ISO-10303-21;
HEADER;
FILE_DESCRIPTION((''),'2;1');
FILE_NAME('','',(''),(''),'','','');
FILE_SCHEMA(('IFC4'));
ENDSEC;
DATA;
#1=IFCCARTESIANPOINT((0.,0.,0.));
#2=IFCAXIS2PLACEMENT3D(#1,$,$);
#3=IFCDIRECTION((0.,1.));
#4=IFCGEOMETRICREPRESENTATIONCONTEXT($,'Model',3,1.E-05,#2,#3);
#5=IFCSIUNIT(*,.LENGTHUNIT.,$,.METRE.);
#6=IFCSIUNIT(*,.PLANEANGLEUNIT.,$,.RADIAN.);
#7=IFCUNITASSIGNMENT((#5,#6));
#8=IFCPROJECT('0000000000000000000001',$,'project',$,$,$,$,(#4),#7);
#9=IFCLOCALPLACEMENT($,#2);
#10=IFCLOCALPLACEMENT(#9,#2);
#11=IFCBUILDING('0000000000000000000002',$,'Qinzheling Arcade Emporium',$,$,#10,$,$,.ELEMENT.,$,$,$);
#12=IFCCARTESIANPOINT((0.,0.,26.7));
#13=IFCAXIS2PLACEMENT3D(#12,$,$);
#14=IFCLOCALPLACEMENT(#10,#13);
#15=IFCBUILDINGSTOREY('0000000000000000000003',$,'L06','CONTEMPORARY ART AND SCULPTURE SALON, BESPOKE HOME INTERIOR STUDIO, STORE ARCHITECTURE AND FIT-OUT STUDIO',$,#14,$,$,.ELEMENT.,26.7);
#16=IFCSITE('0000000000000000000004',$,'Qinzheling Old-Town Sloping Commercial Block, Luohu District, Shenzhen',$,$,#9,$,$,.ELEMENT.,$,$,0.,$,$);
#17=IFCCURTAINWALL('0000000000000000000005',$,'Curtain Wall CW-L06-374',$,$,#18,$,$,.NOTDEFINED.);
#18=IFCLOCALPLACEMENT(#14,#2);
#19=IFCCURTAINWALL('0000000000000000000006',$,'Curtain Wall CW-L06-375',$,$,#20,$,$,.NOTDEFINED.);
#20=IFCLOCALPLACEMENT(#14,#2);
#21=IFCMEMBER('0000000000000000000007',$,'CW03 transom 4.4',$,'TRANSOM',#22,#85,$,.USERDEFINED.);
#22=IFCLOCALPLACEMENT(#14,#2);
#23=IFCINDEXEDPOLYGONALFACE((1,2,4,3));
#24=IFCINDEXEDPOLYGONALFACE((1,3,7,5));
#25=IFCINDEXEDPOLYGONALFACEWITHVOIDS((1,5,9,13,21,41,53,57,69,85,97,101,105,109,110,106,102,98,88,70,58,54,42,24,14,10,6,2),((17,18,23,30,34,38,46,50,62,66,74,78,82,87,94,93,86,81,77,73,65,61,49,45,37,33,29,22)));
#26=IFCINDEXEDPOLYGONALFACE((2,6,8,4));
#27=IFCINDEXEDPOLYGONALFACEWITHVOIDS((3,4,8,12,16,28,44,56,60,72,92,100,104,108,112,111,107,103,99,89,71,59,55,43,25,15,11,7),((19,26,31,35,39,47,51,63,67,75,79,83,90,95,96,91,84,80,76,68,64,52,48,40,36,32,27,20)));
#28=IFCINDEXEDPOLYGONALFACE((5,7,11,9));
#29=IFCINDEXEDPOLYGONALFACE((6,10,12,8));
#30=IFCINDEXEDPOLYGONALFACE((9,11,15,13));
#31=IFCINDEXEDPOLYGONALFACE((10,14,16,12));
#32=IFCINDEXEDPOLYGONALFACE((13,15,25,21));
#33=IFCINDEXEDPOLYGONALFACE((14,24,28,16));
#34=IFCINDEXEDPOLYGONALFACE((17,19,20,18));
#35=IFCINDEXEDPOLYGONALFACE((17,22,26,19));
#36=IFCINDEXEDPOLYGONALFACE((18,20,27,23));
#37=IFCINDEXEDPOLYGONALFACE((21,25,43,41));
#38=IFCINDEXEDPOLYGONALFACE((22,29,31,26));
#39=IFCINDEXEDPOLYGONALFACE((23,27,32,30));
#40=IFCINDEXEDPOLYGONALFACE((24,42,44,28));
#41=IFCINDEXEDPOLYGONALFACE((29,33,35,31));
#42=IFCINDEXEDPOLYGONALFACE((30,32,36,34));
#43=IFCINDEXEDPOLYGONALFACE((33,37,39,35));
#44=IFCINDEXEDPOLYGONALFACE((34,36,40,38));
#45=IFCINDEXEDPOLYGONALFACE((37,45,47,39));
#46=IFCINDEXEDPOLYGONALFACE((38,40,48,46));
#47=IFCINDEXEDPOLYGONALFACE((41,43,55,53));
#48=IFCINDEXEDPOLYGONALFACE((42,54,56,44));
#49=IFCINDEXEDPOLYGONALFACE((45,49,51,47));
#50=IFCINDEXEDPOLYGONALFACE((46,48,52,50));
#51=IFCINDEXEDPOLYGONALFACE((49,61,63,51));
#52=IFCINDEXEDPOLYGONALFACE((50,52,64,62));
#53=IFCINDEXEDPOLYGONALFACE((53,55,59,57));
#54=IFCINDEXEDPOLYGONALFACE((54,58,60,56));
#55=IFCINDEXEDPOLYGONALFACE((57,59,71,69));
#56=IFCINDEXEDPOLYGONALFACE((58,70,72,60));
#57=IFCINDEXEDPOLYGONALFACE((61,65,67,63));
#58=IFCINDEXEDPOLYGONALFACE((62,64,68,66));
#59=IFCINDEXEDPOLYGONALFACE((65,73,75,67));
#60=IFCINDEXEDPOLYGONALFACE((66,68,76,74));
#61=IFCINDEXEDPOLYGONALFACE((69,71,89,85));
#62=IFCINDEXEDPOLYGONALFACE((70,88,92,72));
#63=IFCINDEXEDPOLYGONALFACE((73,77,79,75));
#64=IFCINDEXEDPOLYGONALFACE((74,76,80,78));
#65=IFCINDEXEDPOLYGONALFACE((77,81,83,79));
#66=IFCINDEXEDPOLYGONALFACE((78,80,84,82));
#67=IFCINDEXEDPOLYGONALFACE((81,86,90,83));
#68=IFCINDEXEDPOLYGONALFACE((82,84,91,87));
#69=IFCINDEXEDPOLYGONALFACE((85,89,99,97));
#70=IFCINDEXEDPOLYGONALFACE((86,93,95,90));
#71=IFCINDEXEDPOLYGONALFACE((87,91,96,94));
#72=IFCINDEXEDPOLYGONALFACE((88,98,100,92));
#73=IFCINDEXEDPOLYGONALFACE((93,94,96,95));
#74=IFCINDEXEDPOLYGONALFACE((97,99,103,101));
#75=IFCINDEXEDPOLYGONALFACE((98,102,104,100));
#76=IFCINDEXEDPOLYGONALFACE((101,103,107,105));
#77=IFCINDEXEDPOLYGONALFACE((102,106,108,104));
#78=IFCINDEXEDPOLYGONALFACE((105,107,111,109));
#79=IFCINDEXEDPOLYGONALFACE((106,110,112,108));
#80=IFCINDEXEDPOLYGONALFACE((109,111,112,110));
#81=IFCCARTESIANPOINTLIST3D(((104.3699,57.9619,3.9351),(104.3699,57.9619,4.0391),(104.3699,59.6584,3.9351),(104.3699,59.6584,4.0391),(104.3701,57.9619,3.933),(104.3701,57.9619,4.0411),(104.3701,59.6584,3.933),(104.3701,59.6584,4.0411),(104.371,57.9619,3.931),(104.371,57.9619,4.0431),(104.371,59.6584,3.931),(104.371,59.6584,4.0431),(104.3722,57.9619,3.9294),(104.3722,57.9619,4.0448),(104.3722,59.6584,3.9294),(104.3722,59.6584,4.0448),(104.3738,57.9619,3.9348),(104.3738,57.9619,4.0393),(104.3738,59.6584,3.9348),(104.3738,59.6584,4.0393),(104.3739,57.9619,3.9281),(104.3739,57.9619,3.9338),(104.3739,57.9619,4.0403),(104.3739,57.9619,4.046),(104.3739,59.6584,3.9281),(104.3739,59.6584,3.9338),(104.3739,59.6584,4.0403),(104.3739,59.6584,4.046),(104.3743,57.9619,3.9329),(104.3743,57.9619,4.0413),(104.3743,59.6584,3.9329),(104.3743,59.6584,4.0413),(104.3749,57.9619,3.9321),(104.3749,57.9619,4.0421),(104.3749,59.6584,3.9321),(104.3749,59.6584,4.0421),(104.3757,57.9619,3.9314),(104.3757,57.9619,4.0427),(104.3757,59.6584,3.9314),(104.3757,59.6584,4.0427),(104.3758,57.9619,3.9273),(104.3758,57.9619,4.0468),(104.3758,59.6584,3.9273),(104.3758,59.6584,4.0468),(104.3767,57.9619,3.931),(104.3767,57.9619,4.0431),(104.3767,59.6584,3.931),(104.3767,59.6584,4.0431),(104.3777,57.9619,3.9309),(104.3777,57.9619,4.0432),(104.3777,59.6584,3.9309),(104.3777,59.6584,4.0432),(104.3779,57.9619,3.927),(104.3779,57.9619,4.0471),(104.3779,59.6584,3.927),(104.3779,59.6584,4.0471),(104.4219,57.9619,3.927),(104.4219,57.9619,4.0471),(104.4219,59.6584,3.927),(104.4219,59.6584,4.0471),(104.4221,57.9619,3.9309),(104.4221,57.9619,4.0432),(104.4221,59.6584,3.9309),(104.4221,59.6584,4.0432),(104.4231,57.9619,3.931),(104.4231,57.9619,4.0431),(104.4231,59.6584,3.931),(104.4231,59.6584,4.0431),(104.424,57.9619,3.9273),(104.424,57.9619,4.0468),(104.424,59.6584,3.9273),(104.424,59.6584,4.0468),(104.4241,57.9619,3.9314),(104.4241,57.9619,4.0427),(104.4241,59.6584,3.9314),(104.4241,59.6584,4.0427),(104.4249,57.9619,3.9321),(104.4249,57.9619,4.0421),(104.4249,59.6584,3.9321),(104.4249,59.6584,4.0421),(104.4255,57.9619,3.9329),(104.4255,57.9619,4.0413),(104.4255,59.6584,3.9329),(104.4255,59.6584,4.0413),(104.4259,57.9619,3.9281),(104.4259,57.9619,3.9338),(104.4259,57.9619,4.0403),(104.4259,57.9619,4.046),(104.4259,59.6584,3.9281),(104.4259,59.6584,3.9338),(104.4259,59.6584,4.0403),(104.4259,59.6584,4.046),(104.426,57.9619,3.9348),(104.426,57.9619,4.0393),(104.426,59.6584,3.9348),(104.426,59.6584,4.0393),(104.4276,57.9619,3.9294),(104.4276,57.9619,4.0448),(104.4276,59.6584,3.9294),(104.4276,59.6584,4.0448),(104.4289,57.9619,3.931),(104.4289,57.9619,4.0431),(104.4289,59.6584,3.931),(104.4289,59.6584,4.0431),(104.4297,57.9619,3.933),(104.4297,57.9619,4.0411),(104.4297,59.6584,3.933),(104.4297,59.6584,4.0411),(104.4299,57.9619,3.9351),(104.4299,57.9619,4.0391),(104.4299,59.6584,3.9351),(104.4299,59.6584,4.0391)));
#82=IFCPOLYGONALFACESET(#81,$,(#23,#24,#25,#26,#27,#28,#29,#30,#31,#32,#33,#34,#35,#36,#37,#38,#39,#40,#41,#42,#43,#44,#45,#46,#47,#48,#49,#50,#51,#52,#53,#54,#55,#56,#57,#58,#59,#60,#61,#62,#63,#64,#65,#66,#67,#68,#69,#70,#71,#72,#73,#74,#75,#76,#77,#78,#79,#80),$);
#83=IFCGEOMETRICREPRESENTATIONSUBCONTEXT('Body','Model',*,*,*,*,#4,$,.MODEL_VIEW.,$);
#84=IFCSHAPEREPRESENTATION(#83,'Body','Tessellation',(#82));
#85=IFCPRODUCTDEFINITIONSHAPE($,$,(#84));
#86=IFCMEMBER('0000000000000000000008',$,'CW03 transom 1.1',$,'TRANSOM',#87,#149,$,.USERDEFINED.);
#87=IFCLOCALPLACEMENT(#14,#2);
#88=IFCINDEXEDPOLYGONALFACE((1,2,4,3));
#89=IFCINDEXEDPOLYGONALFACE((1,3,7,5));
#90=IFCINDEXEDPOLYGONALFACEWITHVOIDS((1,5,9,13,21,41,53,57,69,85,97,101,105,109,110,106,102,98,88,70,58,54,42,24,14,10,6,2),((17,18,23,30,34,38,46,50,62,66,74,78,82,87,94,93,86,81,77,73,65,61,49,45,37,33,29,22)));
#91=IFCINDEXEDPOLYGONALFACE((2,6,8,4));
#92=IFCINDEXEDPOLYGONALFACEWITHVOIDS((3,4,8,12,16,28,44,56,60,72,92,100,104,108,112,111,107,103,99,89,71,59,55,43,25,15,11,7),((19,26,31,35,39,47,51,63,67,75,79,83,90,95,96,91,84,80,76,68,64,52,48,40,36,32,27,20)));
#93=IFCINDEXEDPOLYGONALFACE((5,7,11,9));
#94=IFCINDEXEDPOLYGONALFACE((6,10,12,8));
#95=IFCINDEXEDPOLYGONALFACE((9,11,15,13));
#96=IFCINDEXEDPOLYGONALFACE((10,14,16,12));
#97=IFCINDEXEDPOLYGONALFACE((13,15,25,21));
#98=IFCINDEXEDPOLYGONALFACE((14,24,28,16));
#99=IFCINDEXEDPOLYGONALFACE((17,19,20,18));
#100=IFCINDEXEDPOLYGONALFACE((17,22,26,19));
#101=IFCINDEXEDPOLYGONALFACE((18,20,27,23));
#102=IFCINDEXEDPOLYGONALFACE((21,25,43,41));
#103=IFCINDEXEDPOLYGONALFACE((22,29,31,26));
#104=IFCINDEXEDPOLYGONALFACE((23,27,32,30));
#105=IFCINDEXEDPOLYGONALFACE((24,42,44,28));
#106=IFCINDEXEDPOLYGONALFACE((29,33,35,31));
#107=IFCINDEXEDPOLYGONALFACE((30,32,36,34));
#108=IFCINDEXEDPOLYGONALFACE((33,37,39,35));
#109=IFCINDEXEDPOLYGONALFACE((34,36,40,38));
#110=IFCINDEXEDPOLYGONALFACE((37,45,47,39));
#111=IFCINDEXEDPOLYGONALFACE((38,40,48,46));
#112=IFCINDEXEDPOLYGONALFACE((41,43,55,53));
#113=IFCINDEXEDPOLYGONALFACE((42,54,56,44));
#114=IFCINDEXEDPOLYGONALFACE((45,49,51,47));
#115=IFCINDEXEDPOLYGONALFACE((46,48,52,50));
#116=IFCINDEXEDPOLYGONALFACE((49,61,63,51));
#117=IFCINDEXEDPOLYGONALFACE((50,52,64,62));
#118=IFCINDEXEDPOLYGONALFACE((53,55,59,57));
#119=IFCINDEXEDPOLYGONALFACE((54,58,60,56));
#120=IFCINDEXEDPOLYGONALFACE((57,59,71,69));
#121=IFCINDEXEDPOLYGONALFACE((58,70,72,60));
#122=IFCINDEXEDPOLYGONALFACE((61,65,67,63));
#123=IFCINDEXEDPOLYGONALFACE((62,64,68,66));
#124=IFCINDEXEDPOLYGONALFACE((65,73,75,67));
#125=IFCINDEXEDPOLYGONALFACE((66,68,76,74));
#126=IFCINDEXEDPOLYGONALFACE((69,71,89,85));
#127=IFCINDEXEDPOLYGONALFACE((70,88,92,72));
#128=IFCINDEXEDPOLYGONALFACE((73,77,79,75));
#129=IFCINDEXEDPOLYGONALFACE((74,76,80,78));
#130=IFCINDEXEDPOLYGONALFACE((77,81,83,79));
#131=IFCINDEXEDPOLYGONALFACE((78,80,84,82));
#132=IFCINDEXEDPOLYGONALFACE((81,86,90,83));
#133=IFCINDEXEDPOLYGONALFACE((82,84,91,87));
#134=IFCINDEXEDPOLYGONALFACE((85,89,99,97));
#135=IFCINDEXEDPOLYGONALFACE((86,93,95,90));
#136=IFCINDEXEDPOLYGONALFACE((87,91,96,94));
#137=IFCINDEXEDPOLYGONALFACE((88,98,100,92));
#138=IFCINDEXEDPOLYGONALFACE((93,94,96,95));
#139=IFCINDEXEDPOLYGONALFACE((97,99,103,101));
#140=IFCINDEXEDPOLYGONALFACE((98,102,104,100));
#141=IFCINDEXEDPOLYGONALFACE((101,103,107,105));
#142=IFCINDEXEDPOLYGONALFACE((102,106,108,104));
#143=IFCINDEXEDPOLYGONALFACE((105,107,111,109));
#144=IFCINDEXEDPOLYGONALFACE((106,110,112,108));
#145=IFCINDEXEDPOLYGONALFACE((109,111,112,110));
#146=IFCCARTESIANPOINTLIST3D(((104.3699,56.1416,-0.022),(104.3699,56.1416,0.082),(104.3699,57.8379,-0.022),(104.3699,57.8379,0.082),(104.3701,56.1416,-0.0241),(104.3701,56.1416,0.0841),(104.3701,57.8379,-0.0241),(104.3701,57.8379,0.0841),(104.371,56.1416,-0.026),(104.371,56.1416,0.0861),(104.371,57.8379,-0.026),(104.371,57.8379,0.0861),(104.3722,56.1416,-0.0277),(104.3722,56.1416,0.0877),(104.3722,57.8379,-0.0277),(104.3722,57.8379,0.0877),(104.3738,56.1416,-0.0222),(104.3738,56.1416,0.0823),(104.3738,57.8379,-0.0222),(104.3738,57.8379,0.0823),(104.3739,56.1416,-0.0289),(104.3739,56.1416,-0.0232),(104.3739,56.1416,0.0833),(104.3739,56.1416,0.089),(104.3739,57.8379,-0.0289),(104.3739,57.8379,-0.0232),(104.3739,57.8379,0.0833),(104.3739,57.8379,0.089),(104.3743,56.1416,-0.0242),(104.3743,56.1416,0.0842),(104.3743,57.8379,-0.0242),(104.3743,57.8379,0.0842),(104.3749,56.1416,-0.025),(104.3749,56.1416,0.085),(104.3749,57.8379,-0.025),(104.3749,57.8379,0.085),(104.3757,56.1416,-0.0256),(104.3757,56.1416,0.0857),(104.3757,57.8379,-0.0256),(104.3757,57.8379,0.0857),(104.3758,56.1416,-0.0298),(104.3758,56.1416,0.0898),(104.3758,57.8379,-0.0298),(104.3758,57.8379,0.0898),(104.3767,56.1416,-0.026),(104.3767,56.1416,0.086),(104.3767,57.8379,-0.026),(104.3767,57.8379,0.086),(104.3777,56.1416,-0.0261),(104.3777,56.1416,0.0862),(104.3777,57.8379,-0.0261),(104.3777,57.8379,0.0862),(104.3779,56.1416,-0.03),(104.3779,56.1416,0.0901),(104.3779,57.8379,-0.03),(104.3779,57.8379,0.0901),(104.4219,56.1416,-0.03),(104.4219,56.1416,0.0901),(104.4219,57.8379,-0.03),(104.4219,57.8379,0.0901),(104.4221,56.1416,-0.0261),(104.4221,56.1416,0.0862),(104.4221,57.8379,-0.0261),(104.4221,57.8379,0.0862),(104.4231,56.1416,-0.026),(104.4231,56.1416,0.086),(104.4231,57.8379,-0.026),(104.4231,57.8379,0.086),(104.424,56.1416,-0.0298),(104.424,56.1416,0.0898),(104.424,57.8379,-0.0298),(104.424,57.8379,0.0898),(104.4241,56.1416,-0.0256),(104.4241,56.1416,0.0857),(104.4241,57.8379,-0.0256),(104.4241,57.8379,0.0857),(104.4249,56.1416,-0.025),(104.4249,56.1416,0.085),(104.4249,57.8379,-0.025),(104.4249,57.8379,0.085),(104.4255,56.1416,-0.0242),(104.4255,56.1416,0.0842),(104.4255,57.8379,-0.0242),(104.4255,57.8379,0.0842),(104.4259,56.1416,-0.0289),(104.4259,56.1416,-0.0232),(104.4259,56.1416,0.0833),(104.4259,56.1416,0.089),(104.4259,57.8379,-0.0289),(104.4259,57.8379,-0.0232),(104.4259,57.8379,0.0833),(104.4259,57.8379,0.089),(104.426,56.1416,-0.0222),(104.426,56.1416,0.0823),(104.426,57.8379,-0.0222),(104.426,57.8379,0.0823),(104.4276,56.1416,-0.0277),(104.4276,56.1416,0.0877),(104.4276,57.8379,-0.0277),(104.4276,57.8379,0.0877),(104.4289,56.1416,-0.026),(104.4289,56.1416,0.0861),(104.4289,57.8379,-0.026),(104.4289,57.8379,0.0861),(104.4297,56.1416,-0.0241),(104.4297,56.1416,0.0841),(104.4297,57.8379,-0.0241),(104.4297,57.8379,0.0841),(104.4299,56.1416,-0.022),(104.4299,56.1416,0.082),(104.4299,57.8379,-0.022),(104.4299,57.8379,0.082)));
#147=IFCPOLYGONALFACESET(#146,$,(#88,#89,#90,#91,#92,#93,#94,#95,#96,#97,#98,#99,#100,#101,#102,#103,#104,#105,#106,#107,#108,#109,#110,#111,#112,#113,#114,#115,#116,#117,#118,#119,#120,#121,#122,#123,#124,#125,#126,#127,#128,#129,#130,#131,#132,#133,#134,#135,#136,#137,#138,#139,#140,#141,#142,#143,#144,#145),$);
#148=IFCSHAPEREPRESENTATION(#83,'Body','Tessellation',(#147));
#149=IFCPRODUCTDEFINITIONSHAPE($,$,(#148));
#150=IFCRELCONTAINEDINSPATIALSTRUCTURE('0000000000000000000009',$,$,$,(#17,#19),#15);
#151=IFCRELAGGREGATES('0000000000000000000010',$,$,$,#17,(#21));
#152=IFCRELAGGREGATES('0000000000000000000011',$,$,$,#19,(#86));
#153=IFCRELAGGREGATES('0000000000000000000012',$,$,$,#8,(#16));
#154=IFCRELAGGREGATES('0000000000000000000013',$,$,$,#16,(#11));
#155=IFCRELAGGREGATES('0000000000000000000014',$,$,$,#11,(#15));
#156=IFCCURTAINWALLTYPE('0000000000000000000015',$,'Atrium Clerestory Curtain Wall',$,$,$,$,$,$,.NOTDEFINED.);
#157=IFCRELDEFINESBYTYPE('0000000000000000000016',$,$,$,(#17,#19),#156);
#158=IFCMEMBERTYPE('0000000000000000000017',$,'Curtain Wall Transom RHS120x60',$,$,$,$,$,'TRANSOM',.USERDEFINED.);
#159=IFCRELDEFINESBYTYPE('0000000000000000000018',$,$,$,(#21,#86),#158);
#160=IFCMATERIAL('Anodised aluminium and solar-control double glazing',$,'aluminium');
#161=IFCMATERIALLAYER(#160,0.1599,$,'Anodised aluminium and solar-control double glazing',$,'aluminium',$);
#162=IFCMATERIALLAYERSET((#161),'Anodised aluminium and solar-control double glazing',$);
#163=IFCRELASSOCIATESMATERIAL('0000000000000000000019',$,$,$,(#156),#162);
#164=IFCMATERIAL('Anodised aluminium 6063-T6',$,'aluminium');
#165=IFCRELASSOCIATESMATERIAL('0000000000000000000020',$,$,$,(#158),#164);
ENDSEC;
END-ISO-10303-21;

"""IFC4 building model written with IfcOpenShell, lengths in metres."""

from ifc_helpers import new_model, si_unit, direction, frame, origin, origin_2d, place, context, subcontext, project, spatial, hollow_rectangle, extrude, material, layer, layer_set, material_profile, profile_set, type_object, element, aggregate, save


model = new_model("IFC4")

# Units and contexts
model_context = context("Model", 3, precision=1e-05, world=origin(), true_north=direction((0.0, 1.0)))
body_context = subcontext(model_context, "Body", "Model", "MODEL_VIEW")
ifc_project = project(units=[si_unit("LENGTHUNIT", "METRE"), si_unit("PLANEANGLEUNIT", "RADIAN")], contexts=[model_context])

# Site, building, storey
site_placement = place(None, origin())
site = spatial("IfcSite", under=ifc_project, at=site_placement, Name="Qinzheling Old-Town Sloping Commercial Block, Luohu District, Shenzhen", CompositionType="ELEMENT", RefElevation=0.0)
building_placement = place(site_placement, origin())
building = spatial("IfcBuilding", under=site, at=building_placement, Name="Qinzheling Arcade Emporium", CompositionType="ELEMENT")
storey_placement = place(building_placement, frame((0.0, 0.0, 26.7)))
storey = spatial("IfcBuildingStorey", under=building, at=storey_placement, Name="L06", Description="CONTEMPORARY ART AND SCULPTURE SALON, BESPOKE HOME INTERIOR STUDIO, STORE ARCHITECTURE AND FIT-OUT STUDIO", CompositionType="ELEMENT", Elevation=26.7)

# Curtain walls
ifc_material_1 = material(Name="Anodised aluminium and solar-control double glazing", Category="aluminium")
ifc_layer_1 = layer(ifc_material_1, 0.1599, Name="Anodised aluminium and solar-control double glazing", Category="aluminium")
ifc_layer_set_1 = layer_set([ifc_layer_1], Name="Anodised aluminium and solar-control double glazing")
curtain_wall_type = type_object("IfcCurtainWallType", Name="Atrium Clerestory Curtain Wall", PredefinedType="NOTDEFINED", material=ifc_layer_set_1)
curtain_wall_1_placement = place(storey_placement, origin())
curtain_wall_1 = element("IfcCurtainWall", 1, at=curtain_wall_1_placement, inside=storey, type_object=curtain_wall_type, Name="Curtain Wall CW-L06-374", PredefinedType="NOTDEFINED")
ifc_material_2 = material(Name="Anodised aluminium 6063-T6", Category="aluminium")
curtain_wall_2_placement = place(storey_placement, origin())
curtain_wall_2 = element("IfcCurtainWall", 2, at=curtain_wall_2_placement, inside=storey, type_object=curtain_wall_type, Name="Curtain Wall CW-L06-375", PredefinedType="NOTDEFINED")

# Members
ifc_material_profile_1 = material_profile(ifc_material_2, hollow_rectangle(XDim=0.0601, YDim=0.1201, WallThickness=0.0039, InnerFilletRadius=0.0039, OuterFilletRadius=0.0081, at=origin_2d()), Name="RHS 120x60x4", Category="aluminium")
ifc_profile_set_1 = profile_set([ifc_material_profile_1], Name="Anodised aluminium 6063-T6")
member_type_1 = type_object("IfcMemberType", Name="Curtain Wall Transom RHS120x60", ElementType="TRANSOM", PredefinedType="USERDEFINED", material=ifc_profile_set_1)
member_1_placement = place(storey_placement, frame((104.3999, 59.6584, 3.9871), z_axis=(0.0, -1.0, 0.0), x_axis=(1.0, 0.0, 0.0)))
member_1 = element("IfcMember", 3, at=member_1_placement, type_object=member_type_1, Name="CW03 transom 4.4", ObjectType="TRANSOM", PredefinedType="USERDEFINED", context=body_context, shape_type="SweptSolid", body=[
    extrude(hollow_rectangle(XDim=0.0601, YDim=0.1201, WallThickness=0.0039, InnerFilletRadius=0.0039, OuterFilletRadius=0.0081, at=origin_2d()), origin(), (0.0, 0.0, 1.0), 1.6965),
])
member_2_placement = place(storey_placement, frame((104.3999, 57.8379, 0.03), z_axis=(0.0, -1.0, 0.0), x_axis=(1.0, 0.0, 0.0)))
member_2 = element("IfcMember", 4, at=member_2_placement, type_object=member_type_1, Name="CW03 transom 1.1", ObjectType="TRANSOM", PredefinedType="USERDEFINED", context=body_context, shape_type="SweptSolid", body=[
    extrude(hollow_rectangle(XDim=0.0601, YDim=0.1201, WallThickness=0.0039, InnerFilletRadius=0.0039, OuterFilletRadius=0.0081, at=origin_2d()), origin(), (0.0, 0.0, 1.0), 1.6963),
])

aggregate(curtain_wall_1, [member_1])
aggregate(curtain_wall_2, [member_2])

save(model, "model.ifc")
